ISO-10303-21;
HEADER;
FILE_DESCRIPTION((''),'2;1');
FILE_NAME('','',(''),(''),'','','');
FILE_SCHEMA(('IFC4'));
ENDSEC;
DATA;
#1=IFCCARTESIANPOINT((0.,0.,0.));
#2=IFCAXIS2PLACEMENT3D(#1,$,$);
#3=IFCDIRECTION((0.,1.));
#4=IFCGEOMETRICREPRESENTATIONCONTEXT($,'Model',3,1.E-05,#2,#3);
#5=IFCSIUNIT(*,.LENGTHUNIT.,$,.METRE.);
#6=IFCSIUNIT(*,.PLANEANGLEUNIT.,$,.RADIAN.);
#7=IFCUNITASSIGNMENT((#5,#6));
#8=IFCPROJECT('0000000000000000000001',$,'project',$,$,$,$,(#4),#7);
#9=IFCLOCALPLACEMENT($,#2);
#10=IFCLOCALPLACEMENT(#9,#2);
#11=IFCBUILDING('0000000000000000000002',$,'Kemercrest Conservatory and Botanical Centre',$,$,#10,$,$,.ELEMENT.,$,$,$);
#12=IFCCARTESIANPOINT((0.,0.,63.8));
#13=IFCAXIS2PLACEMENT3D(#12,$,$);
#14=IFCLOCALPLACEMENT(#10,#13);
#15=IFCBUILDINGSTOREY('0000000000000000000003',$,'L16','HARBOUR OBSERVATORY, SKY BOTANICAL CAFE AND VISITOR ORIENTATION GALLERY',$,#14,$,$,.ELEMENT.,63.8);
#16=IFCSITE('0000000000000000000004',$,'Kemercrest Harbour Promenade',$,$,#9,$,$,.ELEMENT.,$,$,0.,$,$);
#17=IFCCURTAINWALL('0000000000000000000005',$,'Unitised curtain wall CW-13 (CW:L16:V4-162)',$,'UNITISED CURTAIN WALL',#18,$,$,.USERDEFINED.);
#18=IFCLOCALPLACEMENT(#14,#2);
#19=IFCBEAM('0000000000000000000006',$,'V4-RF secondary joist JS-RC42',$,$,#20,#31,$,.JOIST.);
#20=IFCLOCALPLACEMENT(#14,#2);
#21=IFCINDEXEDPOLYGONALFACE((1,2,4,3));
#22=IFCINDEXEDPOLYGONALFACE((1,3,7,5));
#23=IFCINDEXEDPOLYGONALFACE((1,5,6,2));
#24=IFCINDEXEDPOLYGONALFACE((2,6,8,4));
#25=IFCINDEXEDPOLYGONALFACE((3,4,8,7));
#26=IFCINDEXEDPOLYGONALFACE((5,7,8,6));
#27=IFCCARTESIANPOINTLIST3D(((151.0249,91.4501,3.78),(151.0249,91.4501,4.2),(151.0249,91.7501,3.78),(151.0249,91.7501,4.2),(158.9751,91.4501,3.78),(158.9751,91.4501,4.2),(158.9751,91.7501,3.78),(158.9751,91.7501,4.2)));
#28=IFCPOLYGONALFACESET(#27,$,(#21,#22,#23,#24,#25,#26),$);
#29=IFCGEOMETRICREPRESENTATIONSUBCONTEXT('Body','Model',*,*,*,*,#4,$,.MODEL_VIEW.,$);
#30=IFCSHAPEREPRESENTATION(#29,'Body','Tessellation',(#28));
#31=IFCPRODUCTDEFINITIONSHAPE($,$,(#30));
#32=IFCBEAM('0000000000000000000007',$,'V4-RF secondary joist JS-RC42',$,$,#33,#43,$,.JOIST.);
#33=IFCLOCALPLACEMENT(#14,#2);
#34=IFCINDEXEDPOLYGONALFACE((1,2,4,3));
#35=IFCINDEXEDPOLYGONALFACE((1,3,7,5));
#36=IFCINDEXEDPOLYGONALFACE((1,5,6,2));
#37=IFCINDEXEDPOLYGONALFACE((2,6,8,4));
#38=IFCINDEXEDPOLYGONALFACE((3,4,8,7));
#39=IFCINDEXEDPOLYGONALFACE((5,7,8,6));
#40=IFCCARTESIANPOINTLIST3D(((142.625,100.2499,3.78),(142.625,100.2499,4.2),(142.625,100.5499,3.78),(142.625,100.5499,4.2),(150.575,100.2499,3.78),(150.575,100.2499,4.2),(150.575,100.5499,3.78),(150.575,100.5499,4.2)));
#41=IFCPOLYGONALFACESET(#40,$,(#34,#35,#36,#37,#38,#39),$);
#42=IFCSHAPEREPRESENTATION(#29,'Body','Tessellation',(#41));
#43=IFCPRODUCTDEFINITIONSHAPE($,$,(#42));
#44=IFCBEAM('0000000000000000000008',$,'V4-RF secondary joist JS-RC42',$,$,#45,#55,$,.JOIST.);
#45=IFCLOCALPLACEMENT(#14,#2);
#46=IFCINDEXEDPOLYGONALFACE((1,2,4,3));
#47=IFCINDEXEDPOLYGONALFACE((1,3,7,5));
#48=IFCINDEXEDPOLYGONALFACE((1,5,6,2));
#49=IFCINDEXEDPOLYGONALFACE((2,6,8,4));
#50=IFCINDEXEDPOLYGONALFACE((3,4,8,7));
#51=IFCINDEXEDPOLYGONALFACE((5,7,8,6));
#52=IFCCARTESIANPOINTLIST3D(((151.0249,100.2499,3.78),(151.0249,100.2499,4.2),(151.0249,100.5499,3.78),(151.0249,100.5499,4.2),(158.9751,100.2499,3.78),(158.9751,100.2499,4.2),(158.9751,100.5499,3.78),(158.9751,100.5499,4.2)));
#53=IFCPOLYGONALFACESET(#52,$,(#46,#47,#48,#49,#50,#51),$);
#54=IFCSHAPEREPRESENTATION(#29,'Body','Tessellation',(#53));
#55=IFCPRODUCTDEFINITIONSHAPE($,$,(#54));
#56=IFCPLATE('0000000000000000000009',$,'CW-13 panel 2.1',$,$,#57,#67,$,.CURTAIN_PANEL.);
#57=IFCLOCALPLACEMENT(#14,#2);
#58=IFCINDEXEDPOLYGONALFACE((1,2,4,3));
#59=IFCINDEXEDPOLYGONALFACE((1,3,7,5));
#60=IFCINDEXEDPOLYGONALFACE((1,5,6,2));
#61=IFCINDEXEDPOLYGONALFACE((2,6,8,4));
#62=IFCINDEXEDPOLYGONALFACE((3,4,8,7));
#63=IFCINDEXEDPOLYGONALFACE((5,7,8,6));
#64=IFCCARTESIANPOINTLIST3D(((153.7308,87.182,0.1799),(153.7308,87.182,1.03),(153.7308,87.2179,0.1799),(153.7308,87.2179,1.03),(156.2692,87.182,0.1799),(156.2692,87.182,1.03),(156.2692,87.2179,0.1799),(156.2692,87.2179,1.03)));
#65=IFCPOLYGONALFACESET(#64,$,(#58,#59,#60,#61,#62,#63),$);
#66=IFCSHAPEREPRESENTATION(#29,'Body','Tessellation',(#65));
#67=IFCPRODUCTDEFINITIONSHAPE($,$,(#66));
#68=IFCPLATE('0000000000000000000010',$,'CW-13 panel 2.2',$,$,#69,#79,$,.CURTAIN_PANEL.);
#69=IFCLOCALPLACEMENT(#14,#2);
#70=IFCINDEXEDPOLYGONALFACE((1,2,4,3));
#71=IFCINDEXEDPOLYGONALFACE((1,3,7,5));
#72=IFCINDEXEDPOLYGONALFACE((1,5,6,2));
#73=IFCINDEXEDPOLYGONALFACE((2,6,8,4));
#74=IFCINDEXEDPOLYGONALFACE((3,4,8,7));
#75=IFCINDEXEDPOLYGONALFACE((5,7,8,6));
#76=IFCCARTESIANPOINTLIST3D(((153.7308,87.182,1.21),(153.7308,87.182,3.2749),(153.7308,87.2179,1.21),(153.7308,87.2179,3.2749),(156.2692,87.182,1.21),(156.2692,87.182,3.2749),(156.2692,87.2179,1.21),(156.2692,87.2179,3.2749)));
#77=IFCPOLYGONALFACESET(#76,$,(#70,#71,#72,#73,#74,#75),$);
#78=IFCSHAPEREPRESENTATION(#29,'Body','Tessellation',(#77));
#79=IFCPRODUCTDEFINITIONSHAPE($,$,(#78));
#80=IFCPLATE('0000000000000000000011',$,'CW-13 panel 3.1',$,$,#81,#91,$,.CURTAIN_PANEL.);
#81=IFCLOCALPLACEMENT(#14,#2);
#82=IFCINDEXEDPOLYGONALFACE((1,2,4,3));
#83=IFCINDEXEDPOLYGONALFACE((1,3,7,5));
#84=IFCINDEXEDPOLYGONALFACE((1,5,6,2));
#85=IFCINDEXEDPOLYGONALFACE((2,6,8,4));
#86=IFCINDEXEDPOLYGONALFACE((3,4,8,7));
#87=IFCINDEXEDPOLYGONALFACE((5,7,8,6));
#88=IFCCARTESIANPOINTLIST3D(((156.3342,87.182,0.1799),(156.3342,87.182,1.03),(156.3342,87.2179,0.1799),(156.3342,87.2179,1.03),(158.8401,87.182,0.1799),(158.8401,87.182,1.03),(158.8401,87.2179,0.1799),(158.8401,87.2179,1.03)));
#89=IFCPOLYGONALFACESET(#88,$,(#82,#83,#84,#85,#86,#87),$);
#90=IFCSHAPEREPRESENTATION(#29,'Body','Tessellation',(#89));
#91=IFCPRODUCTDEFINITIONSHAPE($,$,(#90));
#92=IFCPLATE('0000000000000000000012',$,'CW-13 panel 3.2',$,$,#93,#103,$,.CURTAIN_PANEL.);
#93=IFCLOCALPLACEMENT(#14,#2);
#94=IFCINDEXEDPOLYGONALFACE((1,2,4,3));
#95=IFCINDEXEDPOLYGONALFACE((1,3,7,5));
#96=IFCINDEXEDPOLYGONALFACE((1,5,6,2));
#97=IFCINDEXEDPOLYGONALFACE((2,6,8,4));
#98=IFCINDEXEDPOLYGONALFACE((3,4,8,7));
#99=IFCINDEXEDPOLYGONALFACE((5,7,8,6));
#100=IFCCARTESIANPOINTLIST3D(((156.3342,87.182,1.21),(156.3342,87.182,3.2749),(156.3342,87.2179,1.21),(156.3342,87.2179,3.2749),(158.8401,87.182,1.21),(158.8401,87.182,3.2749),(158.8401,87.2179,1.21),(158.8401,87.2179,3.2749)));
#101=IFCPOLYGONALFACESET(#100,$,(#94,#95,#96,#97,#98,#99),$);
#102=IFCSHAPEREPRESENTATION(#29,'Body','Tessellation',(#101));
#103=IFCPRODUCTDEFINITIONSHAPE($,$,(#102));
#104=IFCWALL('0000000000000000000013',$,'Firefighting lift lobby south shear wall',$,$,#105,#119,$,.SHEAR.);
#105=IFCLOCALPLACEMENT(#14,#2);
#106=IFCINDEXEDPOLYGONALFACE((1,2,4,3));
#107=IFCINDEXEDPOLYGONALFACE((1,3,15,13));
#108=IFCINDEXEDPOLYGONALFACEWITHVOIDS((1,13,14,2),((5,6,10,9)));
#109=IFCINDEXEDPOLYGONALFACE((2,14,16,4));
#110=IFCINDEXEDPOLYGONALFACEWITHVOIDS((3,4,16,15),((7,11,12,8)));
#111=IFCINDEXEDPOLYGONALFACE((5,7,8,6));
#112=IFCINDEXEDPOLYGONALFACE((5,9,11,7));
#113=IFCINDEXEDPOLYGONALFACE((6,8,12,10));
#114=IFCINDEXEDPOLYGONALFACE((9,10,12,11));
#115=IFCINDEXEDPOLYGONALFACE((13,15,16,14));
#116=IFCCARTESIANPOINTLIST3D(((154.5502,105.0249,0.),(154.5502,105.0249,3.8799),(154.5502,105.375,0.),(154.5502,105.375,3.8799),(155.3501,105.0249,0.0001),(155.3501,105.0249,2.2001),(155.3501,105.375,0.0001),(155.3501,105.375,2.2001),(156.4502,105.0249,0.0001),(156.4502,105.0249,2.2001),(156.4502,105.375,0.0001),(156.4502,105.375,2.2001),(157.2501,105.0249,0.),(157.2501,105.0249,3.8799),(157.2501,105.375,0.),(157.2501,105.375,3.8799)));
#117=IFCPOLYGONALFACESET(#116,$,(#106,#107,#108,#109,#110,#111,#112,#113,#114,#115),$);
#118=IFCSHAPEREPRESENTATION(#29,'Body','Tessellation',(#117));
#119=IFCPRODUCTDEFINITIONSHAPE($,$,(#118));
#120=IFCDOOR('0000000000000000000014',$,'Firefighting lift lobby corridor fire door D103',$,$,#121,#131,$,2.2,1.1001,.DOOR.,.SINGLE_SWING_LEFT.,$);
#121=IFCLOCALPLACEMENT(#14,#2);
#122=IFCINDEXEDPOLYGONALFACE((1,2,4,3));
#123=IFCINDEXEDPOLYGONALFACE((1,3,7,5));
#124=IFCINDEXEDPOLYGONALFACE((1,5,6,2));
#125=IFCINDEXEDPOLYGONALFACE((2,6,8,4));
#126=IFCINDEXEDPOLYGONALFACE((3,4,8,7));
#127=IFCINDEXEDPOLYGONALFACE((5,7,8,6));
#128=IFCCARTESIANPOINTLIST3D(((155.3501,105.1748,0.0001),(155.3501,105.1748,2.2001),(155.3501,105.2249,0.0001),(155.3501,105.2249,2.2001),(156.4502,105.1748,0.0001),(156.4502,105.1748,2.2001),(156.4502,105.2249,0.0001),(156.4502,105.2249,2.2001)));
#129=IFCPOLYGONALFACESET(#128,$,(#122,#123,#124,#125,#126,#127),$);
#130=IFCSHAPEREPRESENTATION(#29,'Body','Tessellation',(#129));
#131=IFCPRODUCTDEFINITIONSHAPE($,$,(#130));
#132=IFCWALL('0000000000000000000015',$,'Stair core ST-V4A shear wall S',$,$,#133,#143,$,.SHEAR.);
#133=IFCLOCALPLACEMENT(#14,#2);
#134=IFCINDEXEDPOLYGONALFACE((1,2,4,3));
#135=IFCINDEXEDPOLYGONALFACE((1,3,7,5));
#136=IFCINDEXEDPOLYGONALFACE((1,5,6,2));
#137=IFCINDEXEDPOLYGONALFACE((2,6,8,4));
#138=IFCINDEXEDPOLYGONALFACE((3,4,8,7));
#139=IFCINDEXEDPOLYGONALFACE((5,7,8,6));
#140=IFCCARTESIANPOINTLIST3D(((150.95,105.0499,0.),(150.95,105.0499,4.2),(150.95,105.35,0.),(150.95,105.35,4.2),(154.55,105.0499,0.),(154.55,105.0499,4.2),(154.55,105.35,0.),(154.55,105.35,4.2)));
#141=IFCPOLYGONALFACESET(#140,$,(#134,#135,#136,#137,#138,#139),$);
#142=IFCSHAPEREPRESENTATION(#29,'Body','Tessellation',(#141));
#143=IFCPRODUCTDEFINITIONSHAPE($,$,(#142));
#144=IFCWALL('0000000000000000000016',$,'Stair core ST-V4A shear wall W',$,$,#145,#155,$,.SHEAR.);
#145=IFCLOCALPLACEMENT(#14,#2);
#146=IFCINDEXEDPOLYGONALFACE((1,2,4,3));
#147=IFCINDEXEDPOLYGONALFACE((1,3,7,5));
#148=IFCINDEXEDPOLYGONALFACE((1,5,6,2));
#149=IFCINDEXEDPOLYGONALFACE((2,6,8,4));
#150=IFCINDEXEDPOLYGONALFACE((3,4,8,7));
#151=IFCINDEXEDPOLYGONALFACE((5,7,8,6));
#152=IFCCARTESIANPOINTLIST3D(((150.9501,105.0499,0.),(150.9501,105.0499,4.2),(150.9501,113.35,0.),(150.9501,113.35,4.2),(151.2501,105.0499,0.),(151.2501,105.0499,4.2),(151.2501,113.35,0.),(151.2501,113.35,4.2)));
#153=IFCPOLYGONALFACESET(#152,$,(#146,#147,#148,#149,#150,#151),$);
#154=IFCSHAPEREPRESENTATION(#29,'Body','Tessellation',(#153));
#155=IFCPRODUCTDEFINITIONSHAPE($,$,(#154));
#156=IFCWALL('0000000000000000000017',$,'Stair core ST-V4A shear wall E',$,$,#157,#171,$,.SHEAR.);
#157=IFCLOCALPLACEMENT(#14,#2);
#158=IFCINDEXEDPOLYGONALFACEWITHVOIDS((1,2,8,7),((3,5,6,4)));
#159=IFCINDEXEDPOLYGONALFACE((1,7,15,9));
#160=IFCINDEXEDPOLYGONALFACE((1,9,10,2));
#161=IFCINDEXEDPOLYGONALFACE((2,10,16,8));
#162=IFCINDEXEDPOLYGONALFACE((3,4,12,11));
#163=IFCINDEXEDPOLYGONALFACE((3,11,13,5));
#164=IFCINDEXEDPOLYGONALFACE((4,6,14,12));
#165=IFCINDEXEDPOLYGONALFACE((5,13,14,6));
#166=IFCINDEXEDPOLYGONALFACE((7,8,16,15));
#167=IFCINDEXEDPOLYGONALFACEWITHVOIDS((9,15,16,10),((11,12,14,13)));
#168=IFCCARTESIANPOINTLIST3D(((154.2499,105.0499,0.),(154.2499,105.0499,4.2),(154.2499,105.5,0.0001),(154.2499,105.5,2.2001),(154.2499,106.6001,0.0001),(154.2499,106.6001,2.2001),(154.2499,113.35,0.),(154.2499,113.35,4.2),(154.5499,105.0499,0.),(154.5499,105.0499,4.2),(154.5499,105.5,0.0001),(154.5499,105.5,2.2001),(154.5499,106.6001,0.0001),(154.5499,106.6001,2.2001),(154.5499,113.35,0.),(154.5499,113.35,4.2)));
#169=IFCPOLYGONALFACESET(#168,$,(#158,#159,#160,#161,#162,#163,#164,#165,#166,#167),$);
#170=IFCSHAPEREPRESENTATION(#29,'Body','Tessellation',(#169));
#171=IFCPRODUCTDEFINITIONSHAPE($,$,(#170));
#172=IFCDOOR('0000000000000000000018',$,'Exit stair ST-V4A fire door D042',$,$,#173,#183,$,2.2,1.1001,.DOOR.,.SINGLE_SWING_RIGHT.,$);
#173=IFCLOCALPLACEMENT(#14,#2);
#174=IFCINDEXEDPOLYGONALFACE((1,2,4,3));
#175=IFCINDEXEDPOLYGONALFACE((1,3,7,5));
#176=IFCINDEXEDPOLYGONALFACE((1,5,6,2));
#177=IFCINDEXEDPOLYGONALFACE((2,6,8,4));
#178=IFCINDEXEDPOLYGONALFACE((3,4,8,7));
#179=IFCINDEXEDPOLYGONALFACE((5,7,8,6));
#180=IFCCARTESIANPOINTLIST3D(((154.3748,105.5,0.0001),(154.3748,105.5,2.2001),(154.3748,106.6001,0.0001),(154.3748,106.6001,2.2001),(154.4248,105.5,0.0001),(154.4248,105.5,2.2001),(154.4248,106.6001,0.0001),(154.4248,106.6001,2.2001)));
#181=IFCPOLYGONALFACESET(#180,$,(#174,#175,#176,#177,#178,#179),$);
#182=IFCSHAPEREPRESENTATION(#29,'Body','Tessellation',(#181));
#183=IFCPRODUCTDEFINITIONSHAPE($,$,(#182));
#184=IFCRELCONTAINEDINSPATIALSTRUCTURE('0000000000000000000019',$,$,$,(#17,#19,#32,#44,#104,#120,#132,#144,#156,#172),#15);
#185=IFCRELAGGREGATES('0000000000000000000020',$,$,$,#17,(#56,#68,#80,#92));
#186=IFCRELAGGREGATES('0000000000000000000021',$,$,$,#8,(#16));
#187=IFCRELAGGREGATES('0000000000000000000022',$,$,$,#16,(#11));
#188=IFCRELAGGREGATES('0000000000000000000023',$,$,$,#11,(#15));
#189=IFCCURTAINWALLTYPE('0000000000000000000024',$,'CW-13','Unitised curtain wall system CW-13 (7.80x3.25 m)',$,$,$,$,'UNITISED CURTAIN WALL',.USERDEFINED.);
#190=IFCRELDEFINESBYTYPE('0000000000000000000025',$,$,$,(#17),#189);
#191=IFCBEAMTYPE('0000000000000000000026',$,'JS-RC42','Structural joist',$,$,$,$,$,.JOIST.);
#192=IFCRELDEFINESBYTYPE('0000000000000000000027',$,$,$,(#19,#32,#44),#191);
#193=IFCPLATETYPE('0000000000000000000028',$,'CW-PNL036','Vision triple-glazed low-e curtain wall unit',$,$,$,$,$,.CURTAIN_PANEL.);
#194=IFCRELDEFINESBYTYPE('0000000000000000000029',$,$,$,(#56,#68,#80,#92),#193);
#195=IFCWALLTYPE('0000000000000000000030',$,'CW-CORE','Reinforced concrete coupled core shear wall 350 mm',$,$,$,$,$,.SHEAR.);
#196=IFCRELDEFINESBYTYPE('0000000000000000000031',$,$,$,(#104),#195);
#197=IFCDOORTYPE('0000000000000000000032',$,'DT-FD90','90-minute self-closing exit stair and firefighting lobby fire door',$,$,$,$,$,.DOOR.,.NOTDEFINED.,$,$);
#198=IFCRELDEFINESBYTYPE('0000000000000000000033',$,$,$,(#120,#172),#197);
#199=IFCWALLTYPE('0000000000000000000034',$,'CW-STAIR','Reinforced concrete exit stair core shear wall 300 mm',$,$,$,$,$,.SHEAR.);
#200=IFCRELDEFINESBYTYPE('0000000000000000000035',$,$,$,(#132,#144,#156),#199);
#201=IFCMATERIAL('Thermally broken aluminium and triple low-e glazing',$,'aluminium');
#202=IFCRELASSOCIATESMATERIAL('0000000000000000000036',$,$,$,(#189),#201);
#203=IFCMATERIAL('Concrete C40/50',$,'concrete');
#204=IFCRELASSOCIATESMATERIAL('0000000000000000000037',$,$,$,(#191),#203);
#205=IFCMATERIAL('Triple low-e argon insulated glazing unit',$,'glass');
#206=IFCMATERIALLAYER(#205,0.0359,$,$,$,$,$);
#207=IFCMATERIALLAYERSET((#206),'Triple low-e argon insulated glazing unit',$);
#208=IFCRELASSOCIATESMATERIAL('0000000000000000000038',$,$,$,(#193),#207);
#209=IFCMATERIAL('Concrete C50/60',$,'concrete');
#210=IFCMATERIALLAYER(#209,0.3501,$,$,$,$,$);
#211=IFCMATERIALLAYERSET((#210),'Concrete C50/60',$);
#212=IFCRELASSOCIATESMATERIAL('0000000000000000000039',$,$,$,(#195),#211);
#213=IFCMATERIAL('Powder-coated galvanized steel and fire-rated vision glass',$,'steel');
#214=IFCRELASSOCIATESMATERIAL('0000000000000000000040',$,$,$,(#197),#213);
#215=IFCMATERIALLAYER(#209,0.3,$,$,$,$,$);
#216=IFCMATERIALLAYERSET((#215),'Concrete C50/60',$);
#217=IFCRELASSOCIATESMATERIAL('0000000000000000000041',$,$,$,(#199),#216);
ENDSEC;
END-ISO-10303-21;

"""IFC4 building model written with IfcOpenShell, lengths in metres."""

from ifc_helpers import new_model, si_unit, direction, frame, frame_2d, origin, origin_2d, place, context, subcontext, project, spatial, rectangle, extrude, material, layer, layer_set, material_profile, profile_set, type_object, element, fill, aggregate, save


model = new_model("IFC4")

# Units and contexts
model_context = context("Model", 3, precision=1e-05, world=origin(), true_north=direction((0.0, 1.0)))
body_context = subcontext(model_context, "Body", "Model", "MODEL_VIEW")
ifc_project = project(units=[si_unit("LENGTHUNIT", "METRE"), si_unit("PLANEANGLEUNIT", "RADIAN")], contexts=[model_context])

# Site, building, storey
site_placement = place(None, origin())
site = spatial("IfcSite", under=ifc_project, at=site_placement, Name="Kemercrest Harbour Promenade", CompositionType="ELEMENT", RefElevation=0.0)
building_placement = place(site_placement, origin())
building = spatial("IfcBuilding", under=site, at=building_placement, Name="Kemercrest Conservatory and Botanical Centre", CompositionType="ELEMENT")
storey_placement = place(building_placement, frame((0.0, 0.0, 63.8)))
storey = spatial("IfcBuildingStorey", under=building, at=storey_placement, Name="L16", Description="HARBOUR OBSERVATORY, SKY BOTANICAL CAFE AND VISITOR ORIENTATION GALLERY", CompositionType="ELEMENT", Elevation=63.8)

# Shared definitions
ifc_material_1 = material(Name="Concrete C40/50", Category="concrete")

# Curtain wall
ifc_material_2 = material(Name="Thermally broken aluminium and triple low-e glazing", Category="aluminium")
curtain_wall_type = type_object("IfcCurtainWallType", Name="CW-13", Description="Unitised curtain wall system CW-13 (7.80x3.25 m)", ElementType="UNITISED CURTAIN WALL", PredefinedType="USERDEFINED", material=ifc_material_2)
curtain_wall_placement = place(storey_placement, origin())
curtain_wall = element("IfcCurtainWall", 1, at=curtain_wall_placement, inside=storey, type_object=curtain_wall_type, Name="Unitised curtain wall CW-13 (CW:L16:V4-162)", ObjectType="UNITISED CURTAIN WALL", PredefinedType="USERDEFINED")

# Beams
ifc_material_profile_1 = material_profile(ifc_material_1, rectangle(XDim=0.3, YDim=0.4199, at=origin_2d()), Name="RC 300x420")
ifc_profile_set_1 = profile_set([ifc_material_profile_1], Name="Concrete C40/50")
beam_type_1 = type_object("IfcBeamType", Name="JS-RC42", Description="Structural joist", PredefinedType="JOIST", material=ifc_profile_set_1)
beam_1_placement = place(storey_placement, frame((151.0249, 91.6001, 3.99), z_axis=(1.0, 0.0, 0.0), x_axis=(0.0, 1.0, 0.0)))
element("IfcBeam", 2, at=beam_1_placement, inside=storey, type_object=beam_type_1, Name="V4-RF secondary joist JS-RC42", PredefinedType="JOIST", context=body_context, shape_type="SweptSolid", body=[
    extrude(rectangle(XDim=0.3, YDim=0.4199, at=origin_2d()), origin(), (0.0, 0.0, 1.0), 7.9502),
])
beam_2_placement = place(storey_placement, frame((142.625, 100.3999, 3.99), z_axis=(1.0, 0.0, 0.0), x_axis=(0.0, 1.0, 0.0)))
element("IfcBeam", 3, at=beam_2_placement, inside=storey, type_object=beam_type_1, Name="V4-RF secondary joist JS-RC42", PredefinedType="JOIST", context=body_context, shape_type="SweptSolid", body=[
    extrude(rectangle(XDim=0.3, YDim=0.4199, at=origin_2d()), origin(), (0.0, 0.0, 1.0), 7.95),
])
beam_3_placement = place(storey_placement, frame((151.0249, 100.3999, 3.99), z_axis=(1.0, 0.0, 0.0), x_axis=(0.0, 1.0, 0.0)))
element("IfcBeam", 4, at=beam_3_placement, inside=storey, type_object=beam_type_1, Name="V4-RF secondary joist JS-RC42", PredefinedType="JOIST", context=body_context, shape_type="SweptSolid", body=[
    extrude(rectangle(XDim=0.3, YDim=0.4199, at=origin_2d()), origin(), (0.0, 0.0, 1.0), 7.9502),
])

# Plates
ifc_material_3 = material(Name="Triple low-e argon insulated glazing unit", Category="glass")
ifc_layer_1 = layer(ifc_material_3, 0.0359)
ifc_layer_set_1 = layer_set([ifc_layer_1], Name="Triple low-e argon insulated glazing unit")
plate_type = type_object("IfcPlateType", Name="CW-PNL036", Description="Vision triple-glazed low-e curtain wall unit", PredefinedType="CURTAIN_PANEL", material=ifc_layer_set_1)
plate_1_placement = place(storey_placement, frame((155.0, 87.2, 0.1799), z_axis=(0.0, 0.0, 1.0), x_axis=(1.0, 0.0, 0.0)))
plate_1 = element("IfcPlate", 5, at=plate_1_placement, type_object=plate_type, Name="CW-13 panel 2.1", PredefinedType="CURTAIN_PANEL", context=body_context, shape_type="SweptSolid", body=[
    extrude(rectangle(XDim=2.5383, YDim=0.0359, at=origin_2d()), origin(), (0.0, 0.0, 1.0), 0.8501),
])
plate_2_placement = place(storey_placement, frame((155.0, 87.2, 1.21), z_axis=(0.0, 0.0, 1.0), x_axis=(1.0, 0.0, 0.0)))
plate_2 = element("IfcPlate", 6, at=plate_2_placement, type_object=plate_type, Name="CW-13 panel 2.2", PredefinedType="CURTAIN_PANEL", context=body_context, shape_type="SweptSolid", body=[
    extrude(rectangle(XDim=2.5383, YDim=0.0359, at=origin_2d()), origin(), (0.0, 0.0, 1.0), 2.0649),
])
plate_3_placement = place(storey_placement, frame((157.5872, 87.2, 0.1799), z_axis=(0.0, 0.0, 1.0), x_axis=(1.0, 0.0, 0.0)))
plate_3 = element("IfcPlate", 7, at=plate_3_placement, type_object=plate_type, Name="CW-13 panel 3.1", PredefinedType="CURTAIN_PANEL", context=body_context, shape_type="SweptSolid", body=[
    extrude(rectangle(XDim=2.5059, YDim=0.0359, at=origin_2d()), origin(), (0.0, 0.0, 1.0), 0.8501),
])
plate_4_placement = place(storey_placement, frame((157.5872, 87.2, 1.21), z_axis=(0.0, 0.0, 1.0), x_axis=(1.0, 0.0, 0.0)))
plate_4 = element("IfcPlate", 8, at=plate_4_placement, type_object=plate_type, Name="CW-13 panel 3.2", PredefinedType="CURTAIN_PANEL", context=body_context, shape_type="SweptSolid", body=[
    extrude(rectangle(XDim=2.5059, YDim=0.0359, at=origin_2d()), origin(), (0.0, 0.0, 1.0), 2.0649),
])
aggregate(curtain_wall, [plate_1, plate_2, plate_3, plate_4])

# Wall, opening, door
ifc_material_4 = material(Name="Concrete C50/60", Category="concrete")
ifc_layer_2 = layer(ifc_material_4, 0.3501)
ifc_layer_set_2 = layer_set([ifc_layer_2], Name="Concrete C50/60")
wall_type_1 = type_object("IfcWallType", Name="CW-CORE", Description="Reinforced concrete coupled core shear wall 350 mm", PredefinedType="SHEAR", material=ifc_layer_set_2)
wall_1_placement = place(storey_placement, frame((154.55, 105.2, 0.0), z_axis=(0.0, 0.0, 1.0), x_axis=(1.0, 0.0, 0.0)))
wall_1 = element("IfcWall", 9, at=wall_1_placement, inside=storey, type_object=wall_type_1, Name="Firefighting lift lobby south shear wall", PredefinedType="SHEAR", context=body_context, shape_type="SweptSolid", body=[
    extrude(rectangle(XDim=2.7, YDim=0.3501, at=frame_2d((1.3501, 0.0))), origin(), (0.0, 0.0, 1.0), 3.8799),
])
opening_1_placement = place(wall_1_placement, frame((0.8, 0.0, 0.0)))
opening_1 = element("IfcOpeningElement", 10, at=opening_1_placement, cuts=wall_1, PredefinedType="OPENING", context=body_context, shape_type="SweptSolid", body=[
    extrude(rectangle(XDim=1.1001, YDim=2.2, at=frame_2d((0.55, 1.1001))), frame((0.0, 0.1851, 0.0), z_axis=(0.0, -1.0, 0.0), x_axis=(1.0, 0.0, 0.0)), (0.0, 0.0, 1.0), 0.3701),
])
ifc_material_5 = material(Name="Powder-coated galvanized steel and fire-rated vision glass", Category="steel")
door_type_1 = type_object("IfcDoorType", Name="DT-FD90", Description="90-minute self-closing exit stair and firefighting lobby fire door", OperationType="NOTDEFINED", PredefinedType="DOOR", material=ifc_material_5)
door_1_placement = place(opening_1_placement, origin())
door_1 = element("IfcDoor", 11, at=door_1_placement, inside=storey, type_object=door_type_1, Name="Firefighting lift lobby corridor fire door D103", OperationType="SINGLE_SWING_LEFT", OverallHeight=2.2, OverallWidth=1.1001, PredefinedType="DOOR", context=body_context, shape_type="SweptSolid", body=[
    extrude(rectangle(XDim=1.1001, YDim=2.2, at=frame_2d((0.55, 1.1001))), frame((0.0, 0.0249, 0.0), z_axis=(0.0, -1.0, 0.0), x_axis=(1.0, 0.0, 0.0)), (0.0, 0.0, 1.0), 0.05),
])
fill(opening_1, door_1)

# Walls
ifc_layer_3 = layer(ifc_material_4, 0.3)
ifc_layer_set_3 = layer_set([ifc_layer_3], Name="Concrete C50/60")
wall_type_2 = type_object("IfcWallType", Name="CW-STAIR", Description="Reinforced concrete exit stair core shear wall 300 mm", PredefinedType="SHEAR", material=ifc_layer_set_3)
wall_2_placement = place(storey_placement, frame((150.95, 105.2, 0.0), z_axis=(0.0, 0.0, 1.0), x_axis=(1.0, 0.0, 0.0)))
element("IfcWall", 12, at=wall_2_placement, inside=storey, type_object=wall_type_2, Name="Stair core ST-V4A shear wall S", PredefinedType="SHEAR", context=body_context, shape_type="SweptSolid", body=[
    extrude(rectangle(XDim=3.6001, YDim=0.3, at=frame_2d((1.8, 0.0))), origin(), (0.0, 0.0, 1.0), 4.2),
])
wall_3_placement = place(storey_placement, frame((151.1001, 105.05, 0.0), z_axis=(0.0, 0.0, 1.0), x_axis=(0.0, 1.0, 0.0)))
element("IfcWall", 13, at=wall_3_placement, inside=storey, type_object=wall_type_2, Name="Stair core ST-V4A shear wall W", PredefinedType="SHEAR", context=body_context, shape_type="SweptSolid", body=[
    extrude(rectangle(XDim=8.3, YDim=0.3, at=frame_2d((4.1499, 0.0))), origin(), (0.0, 0.0, 1.0), 4.2),
])

# Wall, opening, door
wall_4_placement = place(storey_placement, frame((154.3999, 105.05, 0.0), z_axis=(0.0, 0.0, 1.0), x_axis=(0.0, 1.0, 0.0)))
wall_4 = element("IfcWall", 14, at=wall_4_placement, inside=storey, type_object=wall_type_2, Name="Stair core ST-V4A shear wall E", PredefinedType="SHEAR", context=body_context, shape_type="SweptSolid", body=[
    extrude(rectangle(XDim=8.3, YDim=0.3, at=frame_2d((4.1499, 0.0))), origin(), (0.0, 0.0, 1.0), 4.2),
])
opening_2_placement = place(wall_4_placement, frame((0.45, 0.0, 0.0)))
opening_2 = element("IfcOpeningElement", 15, at=opening_2_placement, cuts=wall_4, PredefinedType="OPENING", context=body_context, shape_type="SweptSolid", body=[
    extrude(rectangle(XDim=1.1001, YDim=2.2, at=frame_2d((0.55, 1.1001))), frame((0.0, 0.1602, 0.0), z_axis=(0.0, -1.0, 0.0), x_axis=(1.0, 0.0, 0.0)), (0.0, 0.0, 1.0), 0.3201),
])
door_2_placement = place(opening_2_placement, frame((1.1001, 0.0, 0.0), z_axis=(0.0, 0.0, 1.0), x_axis=(-1.0, 0.0, 0.0)))
door_2 = element("IfcDoor", 16, at=door_2_placement, inside=storey, type_object=door_type_1, Name="Exit stair ST-V4A fire door D042", OperationType="SINGLE_SWING_RIGHT", OverallHeight=2.2, OverallWidth=1.1001, PredefinedType="DOOR", context=body_context, shape_type="SweptSolid", body=[
    extrude(rectangle(XDim=1.1001, YDim=2.2, at=frame_2d((0.55, 1.1001))), frame((0.0, 0.0249, 0.0), z_axis=(0.0, -1.0, 0.0), x_axis=(1.0, 0.0, 0.0)), (0.0, 0.0, 1.0), 0.05),
])
fill(opening_2, door_2)

save(model, "model.ifc")
